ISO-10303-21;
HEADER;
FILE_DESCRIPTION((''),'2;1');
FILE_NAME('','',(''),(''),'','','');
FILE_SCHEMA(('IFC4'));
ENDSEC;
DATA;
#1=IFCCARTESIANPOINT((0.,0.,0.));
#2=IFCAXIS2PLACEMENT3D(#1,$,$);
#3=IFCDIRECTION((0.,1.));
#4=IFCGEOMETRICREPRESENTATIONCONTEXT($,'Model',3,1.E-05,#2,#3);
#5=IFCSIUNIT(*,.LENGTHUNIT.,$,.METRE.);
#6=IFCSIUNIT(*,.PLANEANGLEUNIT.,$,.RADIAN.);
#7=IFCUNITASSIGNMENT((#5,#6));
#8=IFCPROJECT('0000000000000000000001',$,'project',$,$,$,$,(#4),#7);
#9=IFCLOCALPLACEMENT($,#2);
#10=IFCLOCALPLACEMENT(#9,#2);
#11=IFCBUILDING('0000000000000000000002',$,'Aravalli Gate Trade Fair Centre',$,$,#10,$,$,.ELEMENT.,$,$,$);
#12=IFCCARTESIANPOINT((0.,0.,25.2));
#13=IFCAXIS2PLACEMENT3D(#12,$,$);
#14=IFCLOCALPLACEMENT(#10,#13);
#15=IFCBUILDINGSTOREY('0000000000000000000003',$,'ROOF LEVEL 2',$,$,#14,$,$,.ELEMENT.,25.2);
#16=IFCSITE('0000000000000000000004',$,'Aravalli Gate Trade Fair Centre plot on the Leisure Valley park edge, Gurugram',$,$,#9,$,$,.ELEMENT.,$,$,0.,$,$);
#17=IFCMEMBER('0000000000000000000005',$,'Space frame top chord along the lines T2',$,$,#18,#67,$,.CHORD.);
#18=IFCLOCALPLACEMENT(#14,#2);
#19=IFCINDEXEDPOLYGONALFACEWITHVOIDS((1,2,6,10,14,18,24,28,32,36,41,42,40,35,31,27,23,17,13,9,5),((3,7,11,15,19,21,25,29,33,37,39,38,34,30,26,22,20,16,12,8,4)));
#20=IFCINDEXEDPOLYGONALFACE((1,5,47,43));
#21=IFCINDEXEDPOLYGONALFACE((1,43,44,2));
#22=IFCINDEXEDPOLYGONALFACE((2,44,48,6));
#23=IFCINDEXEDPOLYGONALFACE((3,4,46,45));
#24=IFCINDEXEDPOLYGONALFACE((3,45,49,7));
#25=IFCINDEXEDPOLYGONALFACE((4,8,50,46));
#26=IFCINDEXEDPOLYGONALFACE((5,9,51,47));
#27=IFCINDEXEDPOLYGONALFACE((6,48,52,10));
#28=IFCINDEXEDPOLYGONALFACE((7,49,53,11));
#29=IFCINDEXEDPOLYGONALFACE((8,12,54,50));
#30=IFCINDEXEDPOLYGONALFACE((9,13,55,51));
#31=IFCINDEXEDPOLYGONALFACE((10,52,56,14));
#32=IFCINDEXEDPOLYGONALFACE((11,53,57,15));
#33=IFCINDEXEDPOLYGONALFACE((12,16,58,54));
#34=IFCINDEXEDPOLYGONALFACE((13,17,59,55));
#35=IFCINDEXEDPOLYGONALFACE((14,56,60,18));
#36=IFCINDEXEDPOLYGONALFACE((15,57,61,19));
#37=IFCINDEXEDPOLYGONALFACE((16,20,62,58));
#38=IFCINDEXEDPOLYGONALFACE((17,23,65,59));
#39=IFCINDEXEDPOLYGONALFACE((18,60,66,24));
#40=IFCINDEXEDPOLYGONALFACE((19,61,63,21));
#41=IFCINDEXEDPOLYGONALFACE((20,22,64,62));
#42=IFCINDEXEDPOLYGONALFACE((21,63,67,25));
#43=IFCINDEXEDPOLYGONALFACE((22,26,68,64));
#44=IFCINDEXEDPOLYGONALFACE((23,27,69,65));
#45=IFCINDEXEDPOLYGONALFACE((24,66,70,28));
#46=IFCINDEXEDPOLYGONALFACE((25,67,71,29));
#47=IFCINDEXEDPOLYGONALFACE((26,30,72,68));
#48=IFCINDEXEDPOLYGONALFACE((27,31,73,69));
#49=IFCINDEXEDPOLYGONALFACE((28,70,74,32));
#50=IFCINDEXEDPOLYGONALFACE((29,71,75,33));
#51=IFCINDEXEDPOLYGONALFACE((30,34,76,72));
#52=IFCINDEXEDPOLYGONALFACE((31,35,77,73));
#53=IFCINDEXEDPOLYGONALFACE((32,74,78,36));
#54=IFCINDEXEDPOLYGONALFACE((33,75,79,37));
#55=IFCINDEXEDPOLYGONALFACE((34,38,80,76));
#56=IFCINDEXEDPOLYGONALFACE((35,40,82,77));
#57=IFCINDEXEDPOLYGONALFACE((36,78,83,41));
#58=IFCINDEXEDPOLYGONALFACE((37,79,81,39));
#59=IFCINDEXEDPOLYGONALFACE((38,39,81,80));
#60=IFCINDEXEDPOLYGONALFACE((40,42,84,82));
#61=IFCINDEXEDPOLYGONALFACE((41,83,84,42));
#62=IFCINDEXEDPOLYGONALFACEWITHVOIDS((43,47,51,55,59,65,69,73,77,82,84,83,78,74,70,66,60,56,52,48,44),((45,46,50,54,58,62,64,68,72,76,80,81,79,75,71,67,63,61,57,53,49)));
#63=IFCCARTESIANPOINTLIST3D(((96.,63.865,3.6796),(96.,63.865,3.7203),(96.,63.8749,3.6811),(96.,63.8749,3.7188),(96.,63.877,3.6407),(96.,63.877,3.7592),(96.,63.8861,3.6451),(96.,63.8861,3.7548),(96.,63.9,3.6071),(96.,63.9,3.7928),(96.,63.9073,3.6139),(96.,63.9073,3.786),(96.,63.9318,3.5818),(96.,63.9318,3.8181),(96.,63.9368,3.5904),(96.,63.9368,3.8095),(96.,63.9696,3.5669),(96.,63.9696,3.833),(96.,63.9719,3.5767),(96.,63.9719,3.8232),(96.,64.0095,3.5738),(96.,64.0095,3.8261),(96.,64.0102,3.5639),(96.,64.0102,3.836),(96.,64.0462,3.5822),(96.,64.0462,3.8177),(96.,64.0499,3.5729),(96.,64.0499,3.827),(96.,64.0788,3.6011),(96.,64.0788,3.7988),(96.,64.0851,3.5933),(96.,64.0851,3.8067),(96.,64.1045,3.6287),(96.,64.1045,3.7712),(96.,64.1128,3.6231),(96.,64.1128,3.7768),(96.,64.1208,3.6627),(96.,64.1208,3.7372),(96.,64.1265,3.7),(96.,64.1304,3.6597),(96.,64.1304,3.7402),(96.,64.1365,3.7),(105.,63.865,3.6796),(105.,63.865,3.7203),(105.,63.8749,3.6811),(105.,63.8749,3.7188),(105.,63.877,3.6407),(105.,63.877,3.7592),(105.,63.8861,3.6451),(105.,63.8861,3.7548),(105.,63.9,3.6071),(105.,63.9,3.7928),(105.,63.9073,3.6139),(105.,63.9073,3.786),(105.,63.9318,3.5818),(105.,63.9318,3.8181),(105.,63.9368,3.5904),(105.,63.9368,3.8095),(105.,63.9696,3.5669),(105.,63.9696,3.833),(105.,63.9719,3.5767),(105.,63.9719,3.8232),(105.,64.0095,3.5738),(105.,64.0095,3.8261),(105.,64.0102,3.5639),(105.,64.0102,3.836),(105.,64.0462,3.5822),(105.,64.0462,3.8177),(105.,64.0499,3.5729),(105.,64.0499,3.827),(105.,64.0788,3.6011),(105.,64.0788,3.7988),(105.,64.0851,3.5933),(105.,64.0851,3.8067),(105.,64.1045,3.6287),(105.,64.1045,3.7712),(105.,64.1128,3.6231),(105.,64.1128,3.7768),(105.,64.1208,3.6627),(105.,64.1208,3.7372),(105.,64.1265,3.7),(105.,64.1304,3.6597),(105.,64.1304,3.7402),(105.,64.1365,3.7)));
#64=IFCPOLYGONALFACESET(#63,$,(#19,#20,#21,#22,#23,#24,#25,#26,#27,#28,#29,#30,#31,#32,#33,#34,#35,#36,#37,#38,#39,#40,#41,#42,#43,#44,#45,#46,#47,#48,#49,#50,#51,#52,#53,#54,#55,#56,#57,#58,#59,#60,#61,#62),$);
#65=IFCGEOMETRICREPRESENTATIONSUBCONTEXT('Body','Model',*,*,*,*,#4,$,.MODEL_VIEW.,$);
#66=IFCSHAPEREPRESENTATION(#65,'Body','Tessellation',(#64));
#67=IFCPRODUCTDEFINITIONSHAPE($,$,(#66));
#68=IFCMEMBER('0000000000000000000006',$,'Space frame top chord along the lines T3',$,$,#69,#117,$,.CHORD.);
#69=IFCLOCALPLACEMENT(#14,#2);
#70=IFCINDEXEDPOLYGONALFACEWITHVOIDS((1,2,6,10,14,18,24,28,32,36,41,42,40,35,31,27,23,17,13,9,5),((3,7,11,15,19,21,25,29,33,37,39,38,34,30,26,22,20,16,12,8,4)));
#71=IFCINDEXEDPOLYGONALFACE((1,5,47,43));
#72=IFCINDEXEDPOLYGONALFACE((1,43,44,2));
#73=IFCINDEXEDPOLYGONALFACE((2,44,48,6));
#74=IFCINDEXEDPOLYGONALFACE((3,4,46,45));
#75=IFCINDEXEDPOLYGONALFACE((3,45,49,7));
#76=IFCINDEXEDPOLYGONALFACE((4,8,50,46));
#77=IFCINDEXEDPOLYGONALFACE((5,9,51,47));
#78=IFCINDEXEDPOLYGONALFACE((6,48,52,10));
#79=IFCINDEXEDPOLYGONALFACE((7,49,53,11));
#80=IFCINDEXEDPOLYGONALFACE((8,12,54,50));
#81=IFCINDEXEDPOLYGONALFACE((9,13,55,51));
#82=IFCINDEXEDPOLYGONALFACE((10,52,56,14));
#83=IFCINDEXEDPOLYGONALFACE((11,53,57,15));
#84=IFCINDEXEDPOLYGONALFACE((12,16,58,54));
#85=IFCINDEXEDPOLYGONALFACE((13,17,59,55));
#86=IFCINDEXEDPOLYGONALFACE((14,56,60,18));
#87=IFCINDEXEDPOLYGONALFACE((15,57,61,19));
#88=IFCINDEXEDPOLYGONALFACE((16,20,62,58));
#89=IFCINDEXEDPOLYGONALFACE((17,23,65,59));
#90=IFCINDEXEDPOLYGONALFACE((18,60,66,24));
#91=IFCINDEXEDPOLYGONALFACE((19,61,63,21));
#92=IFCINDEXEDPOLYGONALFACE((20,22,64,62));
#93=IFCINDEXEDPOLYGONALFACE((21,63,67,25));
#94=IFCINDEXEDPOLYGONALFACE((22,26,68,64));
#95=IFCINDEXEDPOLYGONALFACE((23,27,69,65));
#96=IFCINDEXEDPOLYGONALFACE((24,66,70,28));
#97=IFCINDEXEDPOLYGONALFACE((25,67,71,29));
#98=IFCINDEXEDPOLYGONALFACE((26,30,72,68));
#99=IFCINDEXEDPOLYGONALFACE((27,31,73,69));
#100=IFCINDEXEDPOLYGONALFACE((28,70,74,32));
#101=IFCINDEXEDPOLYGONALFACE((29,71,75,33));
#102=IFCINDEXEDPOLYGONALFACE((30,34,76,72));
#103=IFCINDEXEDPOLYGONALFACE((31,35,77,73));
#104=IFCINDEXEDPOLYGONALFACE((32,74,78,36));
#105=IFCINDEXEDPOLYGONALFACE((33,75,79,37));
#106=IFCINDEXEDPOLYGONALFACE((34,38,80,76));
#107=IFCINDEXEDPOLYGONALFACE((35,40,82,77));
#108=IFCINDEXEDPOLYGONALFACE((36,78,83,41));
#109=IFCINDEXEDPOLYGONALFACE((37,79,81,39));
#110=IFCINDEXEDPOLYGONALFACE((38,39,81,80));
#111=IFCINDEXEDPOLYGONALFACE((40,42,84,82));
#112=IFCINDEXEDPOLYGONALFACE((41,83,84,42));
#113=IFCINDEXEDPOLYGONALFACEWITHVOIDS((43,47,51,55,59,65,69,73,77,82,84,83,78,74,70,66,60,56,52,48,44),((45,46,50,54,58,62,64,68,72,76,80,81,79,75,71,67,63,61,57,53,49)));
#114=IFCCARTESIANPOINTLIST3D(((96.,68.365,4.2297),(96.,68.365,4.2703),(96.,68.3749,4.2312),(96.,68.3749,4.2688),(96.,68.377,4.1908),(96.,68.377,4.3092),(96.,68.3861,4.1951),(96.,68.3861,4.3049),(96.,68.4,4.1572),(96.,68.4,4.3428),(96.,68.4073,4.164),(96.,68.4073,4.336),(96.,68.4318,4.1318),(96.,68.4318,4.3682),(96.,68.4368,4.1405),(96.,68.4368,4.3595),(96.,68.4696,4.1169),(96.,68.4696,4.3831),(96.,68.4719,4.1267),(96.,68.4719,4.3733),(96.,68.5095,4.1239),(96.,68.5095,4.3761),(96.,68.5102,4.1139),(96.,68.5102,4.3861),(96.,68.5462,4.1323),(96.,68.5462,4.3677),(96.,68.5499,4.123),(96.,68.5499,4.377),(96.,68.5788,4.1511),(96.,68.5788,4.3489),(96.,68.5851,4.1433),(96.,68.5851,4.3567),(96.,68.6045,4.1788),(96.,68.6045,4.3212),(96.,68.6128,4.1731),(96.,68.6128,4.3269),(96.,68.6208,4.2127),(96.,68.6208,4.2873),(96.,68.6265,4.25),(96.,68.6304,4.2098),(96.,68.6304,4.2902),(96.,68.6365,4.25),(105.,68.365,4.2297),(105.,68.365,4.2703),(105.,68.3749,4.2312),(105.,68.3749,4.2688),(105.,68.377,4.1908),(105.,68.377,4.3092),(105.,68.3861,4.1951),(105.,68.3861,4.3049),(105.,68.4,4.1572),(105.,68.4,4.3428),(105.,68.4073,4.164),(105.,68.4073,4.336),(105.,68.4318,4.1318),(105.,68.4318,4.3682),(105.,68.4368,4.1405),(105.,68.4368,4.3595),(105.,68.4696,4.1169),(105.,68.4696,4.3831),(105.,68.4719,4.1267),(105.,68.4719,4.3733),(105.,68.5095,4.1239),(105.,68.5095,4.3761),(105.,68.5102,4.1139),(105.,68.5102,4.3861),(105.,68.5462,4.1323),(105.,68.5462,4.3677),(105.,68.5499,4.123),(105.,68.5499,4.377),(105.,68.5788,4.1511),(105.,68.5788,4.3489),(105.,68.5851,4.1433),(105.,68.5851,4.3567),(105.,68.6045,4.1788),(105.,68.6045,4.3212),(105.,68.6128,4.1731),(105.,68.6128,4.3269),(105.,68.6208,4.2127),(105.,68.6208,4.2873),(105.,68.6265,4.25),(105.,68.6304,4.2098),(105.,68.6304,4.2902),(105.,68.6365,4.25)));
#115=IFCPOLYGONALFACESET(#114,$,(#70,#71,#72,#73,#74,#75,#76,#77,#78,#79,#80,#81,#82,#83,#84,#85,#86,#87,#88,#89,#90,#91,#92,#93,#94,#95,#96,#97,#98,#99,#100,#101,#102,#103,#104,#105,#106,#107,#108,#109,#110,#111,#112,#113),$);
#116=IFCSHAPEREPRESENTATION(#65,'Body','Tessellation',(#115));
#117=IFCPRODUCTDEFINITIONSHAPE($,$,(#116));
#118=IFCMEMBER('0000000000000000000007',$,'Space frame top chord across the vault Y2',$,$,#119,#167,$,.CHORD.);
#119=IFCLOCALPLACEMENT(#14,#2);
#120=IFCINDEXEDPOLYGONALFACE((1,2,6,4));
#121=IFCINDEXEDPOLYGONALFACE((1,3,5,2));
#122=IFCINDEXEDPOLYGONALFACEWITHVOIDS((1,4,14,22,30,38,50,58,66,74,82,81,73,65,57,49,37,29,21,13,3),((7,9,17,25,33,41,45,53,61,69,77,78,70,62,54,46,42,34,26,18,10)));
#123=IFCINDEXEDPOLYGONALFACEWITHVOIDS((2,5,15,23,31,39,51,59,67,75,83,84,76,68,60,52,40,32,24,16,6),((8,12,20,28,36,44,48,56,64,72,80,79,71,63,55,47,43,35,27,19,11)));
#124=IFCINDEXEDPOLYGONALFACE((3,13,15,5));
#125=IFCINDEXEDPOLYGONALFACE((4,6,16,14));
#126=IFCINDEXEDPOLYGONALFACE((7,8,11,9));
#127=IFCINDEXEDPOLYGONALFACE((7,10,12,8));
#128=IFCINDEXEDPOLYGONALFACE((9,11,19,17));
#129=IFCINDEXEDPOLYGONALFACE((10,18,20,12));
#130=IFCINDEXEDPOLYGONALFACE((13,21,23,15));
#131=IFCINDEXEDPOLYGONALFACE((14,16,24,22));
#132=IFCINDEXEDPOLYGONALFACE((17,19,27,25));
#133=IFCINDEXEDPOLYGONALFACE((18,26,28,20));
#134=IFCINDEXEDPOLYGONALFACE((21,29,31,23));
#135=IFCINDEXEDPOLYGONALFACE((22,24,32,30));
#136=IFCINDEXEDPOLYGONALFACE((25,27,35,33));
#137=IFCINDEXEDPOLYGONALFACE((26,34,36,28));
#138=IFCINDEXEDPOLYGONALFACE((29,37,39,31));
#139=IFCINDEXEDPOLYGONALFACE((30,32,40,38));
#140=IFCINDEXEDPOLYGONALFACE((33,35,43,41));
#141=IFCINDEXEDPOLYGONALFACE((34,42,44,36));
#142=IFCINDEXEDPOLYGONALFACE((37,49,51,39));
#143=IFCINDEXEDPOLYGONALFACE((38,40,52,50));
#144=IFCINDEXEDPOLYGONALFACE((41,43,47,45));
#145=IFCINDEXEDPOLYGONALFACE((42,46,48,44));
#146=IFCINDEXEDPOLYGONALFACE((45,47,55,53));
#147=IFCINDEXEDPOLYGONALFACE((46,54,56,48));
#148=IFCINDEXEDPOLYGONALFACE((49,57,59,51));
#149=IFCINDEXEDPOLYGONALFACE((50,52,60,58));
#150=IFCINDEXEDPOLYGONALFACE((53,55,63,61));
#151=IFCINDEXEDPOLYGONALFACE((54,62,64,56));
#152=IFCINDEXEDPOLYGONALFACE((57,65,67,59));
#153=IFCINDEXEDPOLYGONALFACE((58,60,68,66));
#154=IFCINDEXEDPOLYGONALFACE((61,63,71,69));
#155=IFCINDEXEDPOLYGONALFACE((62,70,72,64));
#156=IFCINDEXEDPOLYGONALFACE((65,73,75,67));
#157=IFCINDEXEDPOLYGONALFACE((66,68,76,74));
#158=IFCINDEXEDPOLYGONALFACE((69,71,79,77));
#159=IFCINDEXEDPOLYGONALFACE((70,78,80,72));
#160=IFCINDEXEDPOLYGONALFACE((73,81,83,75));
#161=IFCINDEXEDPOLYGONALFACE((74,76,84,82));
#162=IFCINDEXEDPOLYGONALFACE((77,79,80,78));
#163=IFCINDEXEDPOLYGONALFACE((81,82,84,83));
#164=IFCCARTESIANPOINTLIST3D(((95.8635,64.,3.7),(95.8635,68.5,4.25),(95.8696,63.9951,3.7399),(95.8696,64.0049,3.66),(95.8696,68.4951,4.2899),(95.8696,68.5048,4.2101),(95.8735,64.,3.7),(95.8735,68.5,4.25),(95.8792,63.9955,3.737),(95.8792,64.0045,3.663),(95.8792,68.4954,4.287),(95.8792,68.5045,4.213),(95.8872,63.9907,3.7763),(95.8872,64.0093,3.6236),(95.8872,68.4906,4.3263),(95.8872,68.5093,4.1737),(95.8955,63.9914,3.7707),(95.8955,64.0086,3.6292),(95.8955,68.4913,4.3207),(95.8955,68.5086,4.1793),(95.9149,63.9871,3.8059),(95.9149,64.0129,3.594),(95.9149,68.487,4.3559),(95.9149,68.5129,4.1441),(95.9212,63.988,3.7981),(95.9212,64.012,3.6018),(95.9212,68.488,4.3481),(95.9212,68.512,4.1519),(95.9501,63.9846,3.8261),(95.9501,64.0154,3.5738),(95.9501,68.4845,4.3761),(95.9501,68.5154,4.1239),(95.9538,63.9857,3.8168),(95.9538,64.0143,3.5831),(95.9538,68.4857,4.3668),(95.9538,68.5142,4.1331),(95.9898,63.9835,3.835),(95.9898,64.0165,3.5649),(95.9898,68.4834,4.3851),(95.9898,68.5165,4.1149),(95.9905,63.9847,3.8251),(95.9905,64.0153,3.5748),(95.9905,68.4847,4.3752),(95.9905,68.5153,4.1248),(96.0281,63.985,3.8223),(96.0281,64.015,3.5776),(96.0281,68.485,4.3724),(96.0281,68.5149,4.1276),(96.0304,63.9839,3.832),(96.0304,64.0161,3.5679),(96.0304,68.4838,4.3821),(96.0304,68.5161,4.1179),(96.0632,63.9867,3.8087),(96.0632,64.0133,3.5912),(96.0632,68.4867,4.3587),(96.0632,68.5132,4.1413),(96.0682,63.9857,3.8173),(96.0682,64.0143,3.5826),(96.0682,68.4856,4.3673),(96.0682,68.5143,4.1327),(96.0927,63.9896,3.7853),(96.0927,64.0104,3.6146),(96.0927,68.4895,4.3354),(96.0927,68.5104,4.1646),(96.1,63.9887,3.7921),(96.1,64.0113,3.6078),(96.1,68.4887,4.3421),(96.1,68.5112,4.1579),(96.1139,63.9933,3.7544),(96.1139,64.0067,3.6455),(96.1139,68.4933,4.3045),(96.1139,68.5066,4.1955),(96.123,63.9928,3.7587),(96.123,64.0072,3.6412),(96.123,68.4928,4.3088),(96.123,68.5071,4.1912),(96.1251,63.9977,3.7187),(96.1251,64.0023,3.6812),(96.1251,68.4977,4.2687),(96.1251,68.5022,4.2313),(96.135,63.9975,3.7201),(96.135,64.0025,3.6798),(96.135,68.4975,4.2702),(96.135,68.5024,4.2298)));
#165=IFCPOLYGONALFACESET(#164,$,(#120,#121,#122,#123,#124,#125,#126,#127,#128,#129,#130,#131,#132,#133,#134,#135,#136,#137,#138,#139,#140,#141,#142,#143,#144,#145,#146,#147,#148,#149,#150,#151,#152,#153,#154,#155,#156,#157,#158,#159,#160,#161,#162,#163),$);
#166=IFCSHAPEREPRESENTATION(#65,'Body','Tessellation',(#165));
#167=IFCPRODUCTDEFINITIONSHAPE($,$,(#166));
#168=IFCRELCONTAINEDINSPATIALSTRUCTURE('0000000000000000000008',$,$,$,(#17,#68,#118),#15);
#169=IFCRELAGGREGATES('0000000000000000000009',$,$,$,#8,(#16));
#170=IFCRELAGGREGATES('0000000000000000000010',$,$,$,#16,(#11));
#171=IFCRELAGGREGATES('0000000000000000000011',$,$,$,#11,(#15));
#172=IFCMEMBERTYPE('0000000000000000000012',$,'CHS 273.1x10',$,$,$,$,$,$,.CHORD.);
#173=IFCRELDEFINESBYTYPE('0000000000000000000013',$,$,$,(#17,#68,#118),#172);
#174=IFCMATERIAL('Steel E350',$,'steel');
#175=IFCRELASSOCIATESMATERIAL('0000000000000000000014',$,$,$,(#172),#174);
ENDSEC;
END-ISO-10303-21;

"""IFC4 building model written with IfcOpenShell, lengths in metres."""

from ifc_helpers import new_model, si_unit, direction, frame, origin, origin_2d, place, context, subcontext, project, spatial, hollow_circle, extrude, material, material_profile, profile_set, type_object, element, save


model = new_model("IFC4")

# Units and contexts
model_context = context("Model", 3, precision=1e-05, world=origin(), true_north=direction((0.0, 1.0)))
body_context = subcontext(model_context, "Body", "Model", "MODEL_VIEW")
ifc_project = project(units=[si_unit("LENGTHUNIT", "METRE"), si_unit("PLANEANGLEUNIT", "RADIAN")], contexts=[model_context])

# Site, building, storey
site_placement = place(None, origin())
site = spatial("IfcSite", under=ifc_project, at=site_placement, Name="Aravalli Gate Trade Fair Centre plot on the Leisure Valley park edge, Gurugram", CompositionType="ELEMENT", RefElevation=0.0)
building_placement = place(site_placement, origin())
building = spatial("IfcBuilding", under=site, at=building_placement, Name="Aravalli Gate Trade Fair Centre", CompositionType="ELEMENT")
storey_placement = place(building_placement, frame((0.0, 0.0, 25.2)))
storey = spatial("IfcBuildingStorey", under=building, at=storey_placement, Name="ROOF LEVEL 2", CompositionType="ELEMENT", Elevation=25.2)

# Members
ifc_material_1 = material(Name="Steel E350", Category="steel")
ifc_material_profile_1 = material_profile(ifc_material_1, hollow_circle(Radius=0.1365, WallThickness=0.01, at=origin_2d()), Name="CHS 273.1x10")
ifc_profile_set_1 = profile_set([ifc_material_profile_1], Name="Steel E350")
member_type_1 = type_object("IfcMemberType", Name="CHS 273.1x10", PredefinedType="CHORD", material=ifc_profile_set_1)
for number, where, z_axis, x_axis, name in (
    (1, (96.0, 64.0, 3.7), (1.0, 0.0, 0.0), (0.0, 1.0, 0.0), "Space frame top chord along the lines T2"),
    (2, (96.0, 68.5, 4.25), (1.0, 0.0, 0.0), (0.0, 1.0, 0.0), "Space frame top chord along the lines T3"),
):
    element("IfcMember", number, at=place(storey_placement, frame(where, z_axis=z_axis, x_axis=x_axis)), inside=storey, type_object=member_type_1, Name=name, PredefinedType="CHORD", context=body_context, shape_type="SweptSolid", body=[
        extrude(hollow_circle(Radius=0.1365, WallThickness=0.01, at=origin_2d()), origin(), (0.0, 0.0, 1.0), 9.0),
    ])
member_1_placement = place(storey_placement, frame((96.0, 64.0, 3.7), z_axis=(0.0, 0.992612, 0.12133), x_axis=(-1.0, 0.0, 0.0)))
element("IfcMember", 3, at=member_1_placement, inside=storey, type_object=member_type_1, Name="Space frame top chord across the vault Y2", PredefinedType="CHORD", context=body_context, shape_type="SweptSolid", body=[
    extrude(hollow_circle(Radius=0.1365, WallThickness=0.01, at=origin_2d()), origin(), (0.0, 0.0, 1.0), 4.5334),
])

save(model, "model.ifc")
